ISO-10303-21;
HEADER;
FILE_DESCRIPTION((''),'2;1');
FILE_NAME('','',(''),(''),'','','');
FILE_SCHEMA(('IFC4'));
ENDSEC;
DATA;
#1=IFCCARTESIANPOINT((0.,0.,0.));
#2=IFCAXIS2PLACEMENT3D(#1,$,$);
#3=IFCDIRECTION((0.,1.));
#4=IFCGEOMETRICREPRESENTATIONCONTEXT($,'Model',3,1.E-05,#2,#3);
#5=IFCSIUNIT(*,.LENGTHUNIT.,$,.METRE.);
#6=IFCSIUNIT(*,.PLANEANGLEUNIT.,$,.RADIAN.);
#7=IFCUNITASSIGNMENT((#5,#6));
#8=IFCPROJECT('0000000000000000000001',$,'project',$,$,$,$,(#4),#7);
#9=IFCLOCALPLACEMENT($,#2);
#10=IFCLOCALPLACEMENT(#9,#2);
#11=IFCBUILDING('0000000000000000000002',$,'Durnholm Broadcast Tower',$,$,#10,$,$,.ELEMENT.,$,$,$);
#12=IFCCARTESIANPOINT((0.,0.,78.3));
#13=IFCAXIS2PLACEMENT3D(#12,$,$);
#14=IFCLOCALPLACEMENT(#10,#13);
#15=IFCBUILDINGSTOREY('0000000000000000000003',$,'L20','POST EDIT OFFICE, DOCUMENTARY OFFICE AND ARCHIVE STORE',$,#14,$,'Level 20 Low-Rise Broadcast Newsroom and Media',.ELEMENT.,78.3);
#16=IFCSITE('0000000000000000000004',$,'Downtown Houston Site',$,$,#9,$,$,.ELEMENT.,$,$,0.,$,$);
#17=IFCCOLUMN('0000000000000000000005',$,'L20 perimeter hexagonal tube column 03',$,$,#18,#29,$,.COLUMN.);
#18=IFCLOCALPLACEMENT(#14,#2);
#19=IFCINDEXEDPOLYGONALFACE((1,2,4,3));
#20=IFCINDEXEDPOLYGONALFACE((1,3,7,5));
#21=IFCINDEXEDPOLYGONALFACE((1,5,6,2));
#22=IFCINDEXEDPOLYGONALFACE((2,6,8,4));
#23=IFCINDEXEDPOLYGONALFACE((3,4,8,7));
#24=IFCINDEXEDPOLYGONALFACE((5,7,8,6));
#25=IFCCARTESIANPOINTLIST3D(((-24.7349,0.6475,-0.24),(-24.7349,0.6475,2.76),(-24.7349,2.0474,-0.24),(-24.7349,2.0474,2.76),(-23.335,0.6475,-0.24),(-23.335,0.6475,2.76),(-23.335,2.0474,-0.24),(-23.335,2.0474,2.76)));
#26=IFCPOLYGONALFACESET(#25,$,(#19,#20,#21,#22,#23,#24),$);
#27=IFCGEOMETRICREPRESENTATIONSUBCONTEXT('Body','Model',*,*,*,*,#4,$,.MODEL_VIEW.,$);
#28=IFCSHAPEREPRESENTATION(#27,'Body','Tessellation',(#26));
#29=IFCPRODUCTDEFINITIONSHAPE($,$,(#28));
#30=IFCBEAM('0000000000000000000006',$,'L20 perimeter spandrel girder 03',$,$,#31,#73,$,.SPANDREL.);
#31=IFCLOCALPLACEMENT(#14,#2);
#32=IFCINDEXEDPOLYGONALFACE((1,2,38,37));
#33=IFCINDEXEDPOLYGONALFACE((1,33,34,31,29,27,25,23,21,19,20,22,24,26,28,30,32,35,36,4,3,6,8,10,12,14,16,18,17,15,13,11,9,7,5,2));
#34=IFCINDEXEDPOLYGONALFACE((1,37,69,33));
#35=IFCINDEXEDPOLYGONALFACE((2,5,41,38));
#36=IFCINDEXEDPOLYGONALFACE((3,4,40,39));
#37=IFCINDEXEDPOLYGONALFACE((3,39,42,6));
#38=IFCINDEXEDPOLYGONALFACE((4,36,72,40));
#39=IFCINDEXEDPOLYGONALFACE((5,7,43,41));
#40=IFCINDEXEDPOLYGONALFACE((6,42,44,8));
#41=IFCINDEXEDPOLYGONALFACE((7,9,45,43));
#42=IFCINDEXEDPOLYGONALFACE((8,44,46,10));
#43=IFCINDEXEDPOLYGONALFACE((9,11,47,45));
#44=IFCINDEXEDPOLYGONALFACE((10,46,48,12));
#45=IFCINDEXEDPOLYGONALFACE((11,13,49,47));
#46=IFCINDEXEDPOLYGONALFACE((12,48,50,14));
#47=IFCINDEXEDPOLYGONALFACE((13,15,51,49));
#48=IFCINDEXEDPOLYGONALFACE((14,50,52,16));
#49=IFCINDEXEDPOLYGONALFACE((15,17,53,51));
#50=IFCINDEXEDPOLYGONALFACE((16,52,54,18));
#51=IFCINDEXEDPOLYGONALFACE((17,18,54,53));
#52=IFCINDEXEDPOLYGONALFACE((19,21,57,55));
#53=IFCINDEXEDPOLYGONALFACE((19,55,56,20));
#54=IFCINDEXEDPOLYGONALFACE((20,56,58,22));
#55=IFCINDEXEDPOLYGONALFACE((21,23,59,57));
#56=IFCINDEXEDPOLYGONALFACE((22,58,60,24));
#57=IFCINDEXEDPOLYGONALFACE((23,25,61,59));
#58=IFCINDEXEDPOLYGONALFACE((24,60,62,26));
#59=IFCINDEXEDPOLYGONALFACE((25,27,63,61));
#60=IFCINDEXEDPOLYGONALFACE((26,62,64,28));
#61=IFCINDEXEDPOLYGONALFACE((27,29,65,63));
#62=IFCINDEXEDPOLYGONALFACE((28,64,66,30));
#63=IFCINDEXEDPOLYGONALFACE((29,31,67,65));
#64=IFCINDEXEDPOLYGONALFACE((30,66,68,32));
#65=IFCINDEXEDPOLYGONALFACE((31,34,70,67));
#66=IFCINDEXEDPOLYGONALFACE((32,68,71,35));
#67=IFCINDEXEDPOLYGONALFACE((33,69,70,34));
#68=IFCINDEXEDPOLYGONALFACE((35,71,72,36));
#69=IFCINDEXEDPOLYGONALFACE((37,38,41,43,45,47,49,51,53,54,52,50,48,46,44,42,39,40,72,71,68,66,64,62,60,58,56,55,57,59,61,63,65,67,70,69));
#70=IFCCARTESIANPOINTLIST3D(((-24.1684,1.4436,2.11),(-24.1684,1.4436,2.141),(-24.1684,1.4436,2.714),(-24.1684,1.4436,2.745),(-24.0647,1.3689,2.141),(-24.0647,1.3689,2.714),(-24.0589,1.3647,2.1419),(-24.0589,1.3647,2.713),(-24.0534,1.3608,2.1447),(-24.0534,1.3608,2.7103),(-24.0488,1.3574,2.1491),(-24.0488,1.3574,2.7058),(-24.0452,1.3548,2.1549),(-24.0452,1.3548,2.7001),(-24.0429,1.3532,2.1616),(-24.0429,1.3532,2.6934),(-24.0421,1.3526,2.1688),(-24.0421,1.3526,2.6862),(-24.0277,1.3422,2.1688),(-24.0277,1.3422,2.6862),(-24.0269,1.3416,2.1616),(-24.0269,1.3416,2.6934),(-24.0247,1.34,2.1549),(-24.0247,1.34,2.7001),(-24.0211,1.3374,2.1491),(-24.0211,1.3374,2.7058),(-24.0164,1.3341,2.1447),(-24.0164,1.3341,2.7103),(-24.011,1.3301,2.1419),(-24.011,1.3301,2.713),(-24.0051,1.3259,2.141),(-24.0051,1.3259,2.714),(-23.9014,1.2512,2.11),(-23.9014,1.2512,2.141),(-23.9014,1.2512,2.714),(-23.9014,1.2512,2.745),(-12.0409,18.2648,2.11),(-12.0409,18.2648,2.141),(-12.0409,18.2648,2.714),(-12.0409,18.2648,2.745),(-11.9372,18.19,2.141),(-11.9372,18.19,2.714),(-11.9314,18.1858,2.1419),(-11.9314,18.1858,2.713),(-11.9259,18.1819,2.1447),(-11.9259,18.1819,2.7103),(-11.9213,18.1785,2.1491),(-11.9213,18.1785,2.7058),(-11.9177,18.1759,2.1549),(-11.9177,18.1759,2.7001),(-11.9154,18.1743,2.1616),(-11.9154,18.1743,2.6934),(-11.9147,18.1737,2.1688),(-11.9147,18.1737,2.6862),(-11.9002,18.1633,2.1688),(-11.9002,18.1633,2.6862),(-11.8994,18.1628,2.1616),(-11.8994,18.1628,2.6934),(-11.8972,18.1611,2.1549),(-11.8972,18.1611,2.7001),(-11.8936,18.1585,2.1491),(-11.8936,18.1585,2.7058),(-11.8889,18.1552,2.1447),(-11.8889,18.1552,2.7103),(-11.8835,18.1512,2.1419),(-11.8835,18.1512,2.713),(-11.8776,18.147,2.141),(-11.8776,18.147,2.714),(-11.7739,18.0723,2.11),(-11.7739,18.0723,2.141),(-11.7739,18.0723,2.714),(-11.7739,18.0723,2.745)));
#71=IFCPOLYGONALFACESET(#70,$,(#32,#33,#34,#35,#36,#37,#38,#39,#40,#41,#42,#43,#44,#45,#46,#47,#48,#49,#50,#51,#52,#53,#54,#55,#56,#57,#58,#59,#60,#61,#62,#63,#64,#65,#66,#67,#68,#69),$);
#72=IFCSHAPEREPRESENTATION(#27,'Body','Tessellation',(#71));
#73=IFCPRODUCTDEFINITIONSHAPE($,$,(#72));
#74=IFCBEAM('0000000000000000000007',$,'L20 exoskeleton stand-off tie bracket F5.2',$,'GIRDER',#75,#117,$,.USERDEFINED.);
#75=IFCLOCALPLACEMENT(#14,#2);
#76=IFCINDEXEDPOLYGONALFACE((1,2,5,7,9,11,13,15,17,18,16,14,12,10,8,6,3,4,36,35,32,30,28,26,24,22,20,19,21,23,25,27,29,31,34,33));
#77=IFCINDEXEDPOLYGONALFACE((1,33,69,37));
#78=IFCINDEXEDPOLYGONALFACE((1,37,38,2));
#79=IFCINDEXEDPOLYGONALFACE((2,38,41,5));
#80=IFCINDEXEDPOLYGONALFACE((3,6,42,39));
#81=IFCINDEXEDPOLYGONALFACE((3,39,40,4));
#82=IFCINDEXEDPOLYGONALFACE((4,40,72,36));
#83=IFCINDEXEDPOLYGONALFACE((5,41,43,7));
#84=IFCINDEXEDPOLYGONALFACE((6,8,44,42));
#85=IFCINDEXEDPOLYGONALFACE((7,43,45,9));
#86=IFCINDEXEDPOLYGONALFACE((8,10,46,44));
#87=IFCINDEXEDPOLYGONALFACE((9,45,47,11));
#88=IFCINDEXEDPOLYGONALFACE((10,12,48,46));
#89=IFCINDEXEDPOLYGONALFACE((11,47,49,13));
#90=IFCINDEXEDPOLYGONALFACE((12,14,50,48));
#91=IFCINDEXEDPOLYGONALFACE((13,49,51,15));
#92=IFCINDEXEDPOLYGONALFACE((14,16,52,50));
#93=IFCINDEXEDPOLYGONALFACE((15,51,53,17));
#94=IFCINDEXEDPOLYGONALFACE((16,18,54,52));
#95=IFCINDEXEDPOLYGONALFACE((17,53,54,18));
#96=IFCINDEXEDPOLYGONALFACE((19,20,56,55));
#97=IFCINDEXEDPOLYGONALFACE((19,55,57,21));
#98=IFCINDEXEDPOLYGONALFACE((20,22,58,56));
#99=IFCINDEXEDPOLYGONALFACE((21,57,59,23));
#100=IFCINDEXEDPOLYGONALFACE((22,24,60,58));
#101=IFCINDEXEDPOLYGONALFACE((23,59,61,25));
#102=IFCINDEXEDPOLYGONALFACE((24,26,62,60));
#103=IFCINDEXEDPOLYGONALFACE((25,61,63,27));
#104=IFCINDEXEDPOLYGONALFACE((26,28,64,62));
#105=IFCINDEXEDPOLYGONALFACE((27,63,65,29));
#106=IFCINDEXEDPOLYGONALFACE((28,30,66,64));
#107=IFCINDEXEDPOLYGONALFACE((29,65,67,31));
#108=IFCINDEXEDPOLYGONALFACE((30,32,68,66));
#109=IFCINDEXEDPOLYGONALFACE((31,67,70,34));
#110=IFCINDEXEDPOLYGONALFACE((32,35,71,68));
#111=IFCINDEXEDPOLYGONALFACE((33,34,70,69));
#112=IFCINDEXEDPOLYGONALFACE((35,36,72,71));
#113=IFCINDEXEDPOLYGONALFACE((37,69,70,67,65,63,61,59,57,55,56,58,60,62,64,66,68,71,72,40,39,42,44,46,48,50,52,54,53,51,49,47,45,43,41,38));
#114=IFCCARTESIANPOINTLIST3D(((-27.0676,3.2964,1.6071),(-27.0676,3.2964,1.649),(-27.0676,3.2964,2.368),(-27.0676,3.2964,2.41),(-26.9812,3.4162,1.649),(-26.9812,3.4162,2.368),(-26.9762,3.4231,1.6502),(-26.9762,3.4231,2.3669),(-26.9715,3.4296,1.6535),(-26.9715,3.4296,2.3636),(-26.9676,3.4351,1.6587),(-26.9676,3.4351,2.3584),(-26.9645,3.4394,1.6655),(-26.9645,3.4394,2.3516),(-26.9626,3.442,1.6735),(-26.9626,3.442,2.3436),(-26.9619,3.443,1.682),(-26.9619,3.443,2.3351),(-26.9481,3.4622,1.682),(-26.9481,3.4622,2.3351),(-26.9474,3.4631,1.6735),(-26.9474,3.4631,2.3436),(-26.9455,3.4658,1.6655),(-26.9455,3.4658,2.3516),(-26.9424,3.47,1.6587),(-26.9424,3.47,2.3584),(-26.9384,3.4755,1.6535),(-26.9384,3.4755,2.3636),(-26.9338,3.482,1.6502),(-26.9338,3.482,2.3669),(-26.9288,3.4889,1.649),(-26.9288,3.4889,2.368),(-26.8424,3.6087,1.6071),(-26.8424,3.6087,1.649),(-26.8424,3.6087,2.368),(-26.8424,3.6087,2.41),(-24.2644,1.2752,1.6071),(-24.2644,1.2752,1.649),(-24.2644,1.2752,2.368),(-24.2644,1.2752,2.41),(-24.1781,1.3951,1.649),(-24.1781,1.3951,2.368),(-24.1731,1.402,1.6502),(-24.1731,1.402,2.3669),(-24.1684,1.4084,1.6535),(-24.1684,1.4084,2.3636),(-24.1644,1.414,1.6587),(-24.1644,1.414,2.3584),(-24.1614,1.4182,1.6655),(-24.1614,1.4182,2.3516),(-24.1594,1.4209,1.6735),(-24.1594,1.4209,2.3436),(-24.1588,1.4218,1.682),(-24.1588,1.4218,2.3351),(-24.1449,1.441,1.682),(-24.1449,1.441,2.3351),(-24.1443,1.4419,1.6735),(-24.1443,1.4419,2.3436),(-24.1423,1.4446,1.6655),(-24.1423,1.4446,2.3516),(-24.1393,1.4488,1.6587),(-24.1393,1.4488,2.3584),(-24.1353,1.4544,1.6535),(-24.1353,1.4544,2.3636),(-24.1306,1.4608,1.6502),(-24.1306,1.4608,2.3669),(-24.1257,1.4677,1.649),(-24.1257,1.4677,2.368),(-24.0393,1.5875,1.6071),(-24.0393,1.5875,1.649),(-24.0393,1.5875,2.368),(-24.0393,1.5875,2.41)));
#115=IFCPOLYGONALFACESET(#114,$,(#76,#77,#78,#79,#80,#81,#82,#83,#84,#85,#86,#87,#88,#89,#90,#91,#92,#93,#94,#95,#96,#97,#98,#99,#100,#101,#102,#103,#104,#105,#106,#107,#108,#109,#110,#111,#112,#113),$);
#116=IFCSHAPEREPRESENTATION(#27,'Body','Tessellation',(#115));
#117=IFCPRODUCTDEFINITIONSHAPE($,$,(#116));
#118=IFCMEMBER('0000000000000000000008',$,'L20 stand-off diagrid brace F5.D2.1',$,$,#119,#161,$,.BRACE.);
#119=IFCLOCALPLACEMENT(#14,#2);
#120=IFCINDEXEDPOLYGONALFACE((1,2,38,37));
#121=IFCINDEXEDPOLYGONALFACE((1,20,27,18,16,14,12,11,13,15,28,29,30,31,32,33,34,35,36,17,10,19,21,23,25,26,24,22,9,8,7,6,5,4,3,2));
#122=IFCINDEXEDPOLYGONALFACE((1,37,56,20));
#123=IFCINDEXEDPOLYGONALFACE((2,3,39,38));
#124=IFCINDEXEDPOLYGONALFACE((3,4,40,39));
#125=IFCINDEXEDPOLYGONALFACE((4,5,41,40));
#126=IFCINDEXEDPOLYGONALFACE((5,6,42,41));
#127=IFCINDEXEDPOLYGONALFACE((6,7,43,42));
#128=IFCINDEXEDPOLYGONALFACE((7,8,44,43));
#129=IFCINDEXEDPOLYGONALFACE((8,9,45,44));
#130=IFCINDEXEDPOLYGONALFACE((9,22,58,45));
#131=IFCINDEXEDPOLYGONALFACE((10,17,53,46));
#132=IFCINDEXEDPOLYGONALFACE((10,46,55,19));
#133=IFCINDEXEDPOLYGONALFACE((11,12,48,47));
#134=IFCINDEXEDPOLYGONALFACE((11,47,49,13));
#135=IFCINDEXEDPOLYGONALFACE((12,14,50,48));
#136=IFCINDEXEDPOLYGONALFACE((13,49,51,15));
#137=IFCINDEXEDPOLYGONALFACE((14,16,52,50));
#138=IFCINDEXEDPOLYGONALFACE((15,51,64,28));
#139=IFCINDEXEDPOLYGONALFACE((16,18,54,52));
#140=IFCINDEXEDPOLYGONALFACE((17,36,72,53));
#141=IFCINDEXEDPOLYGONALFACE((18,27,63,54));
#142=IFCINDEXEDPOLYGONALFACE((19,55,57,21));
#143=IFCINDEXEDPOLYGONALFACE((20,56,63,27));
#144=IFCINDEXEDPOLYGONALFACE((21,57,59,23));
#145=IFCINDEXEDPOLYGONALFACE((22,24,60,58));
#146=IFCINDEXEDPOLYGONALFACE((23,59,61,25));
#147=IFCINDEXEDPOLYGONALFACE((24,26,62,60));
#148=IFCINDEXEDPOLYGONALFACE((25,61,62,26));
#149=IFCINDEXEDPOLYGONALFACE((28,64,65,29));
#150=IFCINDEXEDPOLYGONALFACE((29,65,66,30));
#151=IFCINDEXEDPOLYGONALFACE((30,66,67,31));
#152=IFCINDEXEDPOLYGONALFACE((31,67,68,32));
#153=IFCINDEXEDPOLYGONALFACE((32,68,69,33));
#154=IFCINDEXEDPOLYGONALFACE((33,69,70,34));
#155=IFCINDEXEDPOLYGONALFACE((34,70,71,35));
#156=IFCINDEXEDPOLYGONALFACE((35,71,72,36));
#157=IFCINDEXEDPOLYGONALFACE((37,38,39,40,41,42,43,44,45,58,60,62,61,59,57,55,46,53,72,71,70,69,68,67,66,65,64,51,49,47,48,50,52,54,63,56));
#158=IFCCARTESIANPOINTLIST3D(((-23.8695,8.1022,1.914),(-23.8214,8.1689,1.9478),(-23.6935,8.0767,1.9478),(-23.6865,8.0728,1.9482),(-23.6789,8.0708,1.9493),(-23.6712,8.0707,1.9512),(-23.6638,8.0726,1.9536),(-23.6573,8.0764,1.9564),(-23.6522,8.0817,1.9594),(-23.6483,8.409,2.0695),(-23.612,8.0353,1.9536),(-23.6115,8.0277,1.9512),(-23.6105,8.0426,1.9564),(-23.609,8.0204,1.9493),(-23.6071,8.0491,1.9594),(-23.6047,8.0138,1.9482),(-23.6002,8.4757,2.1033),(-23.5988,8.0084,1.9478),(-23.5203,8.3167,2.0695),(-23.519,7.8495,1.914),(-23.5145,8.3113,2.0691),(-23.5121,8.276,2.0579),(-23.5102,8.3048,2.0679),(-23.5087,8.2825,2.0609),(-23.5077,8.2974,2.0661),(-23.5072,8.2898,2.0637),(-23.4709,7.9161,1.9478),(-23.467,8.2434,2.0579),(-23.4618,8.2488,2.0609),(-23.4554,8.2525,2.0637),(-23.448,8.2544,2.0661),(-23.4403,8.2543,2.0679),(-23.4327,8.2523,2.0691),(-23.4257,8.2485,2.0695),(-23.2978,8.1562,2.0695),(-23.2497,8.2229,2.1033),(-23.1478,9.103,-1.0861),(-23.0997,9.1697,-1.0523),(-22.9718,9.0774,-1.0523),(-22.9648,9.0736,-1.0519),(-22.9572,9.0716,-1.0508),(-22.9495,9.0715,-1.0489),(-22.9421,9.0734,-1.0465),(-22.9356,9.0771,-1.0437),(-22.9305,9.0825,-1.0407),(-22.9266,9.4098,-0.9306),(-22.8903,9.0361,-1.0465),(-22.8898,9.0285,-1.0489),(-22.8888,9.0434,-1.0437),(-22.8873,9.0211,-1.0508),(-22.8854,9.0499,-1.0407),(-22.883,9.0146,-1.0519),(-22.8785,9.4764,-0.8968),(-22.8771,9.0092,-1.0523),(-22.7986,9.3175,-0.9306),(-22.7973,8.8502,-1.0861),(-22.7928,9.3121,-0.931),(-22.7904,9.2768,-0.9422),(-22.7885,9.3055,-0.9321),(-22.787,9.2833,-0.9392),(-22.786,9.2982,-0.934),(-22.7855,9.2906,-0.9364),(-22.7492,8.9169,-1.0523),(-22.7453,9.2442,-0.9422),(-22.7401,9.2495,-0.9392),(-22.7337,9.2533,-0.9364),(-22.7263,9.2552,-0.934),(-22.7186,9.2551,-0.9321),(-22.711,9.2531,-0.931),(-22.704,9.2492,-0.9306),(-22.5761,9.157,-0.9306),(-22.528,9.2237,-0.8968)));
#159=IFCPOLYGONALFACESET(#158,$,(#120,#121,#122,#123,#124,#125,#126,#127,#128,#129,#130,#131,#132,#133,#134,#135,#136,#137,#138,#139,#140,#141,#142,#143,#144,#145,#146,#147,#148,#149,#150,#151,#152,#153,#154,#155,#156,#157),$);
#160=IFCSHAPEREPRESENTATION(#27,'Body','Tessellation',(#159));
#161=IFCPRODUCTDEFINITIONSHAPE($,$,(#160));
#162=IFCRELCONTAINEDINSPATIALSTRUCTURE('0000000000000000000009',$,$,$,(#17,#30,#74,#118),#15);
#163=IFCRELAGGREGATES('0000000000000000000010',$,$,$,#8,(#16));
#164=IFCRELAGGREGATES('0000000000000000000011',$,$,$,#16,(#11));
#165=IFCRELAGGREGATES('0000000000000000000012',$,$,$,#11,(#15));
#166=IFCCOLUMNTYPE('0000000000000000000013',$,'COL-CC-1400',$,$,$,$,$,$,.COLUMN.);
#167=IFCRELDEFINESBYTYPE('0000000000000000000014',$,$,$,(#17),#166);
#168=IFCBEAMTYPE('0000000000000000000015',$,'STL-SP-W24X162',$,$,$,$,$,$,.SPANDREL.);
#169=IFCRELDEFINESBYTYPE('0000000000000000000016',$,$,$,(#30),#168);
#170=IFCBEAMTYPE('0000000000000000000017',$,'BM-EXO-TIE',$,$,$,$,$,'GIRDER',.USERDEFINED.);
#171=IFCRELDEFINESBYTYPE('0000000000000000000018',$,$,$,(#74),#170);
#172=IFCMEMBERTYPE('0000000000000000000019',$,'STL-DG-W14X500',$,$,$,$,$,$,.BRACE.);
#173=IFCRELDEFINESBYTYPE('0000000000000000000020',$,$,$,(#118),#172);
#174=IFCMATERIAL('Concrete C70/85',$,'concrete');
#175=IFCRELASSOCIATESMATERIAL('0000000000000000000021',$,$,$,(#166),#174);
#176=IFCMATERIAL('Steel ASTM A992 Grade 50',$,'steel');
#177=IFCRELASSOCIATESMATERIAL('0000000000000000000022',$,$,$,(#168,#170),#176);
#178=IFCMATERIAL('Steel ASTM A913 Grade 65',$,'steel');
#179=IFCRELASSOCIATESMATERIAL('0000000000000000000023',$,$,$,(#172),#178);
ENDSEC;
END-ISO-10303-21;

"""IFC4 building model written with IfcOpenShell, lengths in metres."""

from ifc_helpers import new_model, si_unit, direction, frame, origin, origin_2d, place, context, subcontext, project, spatial, rectangle, i_section, extrude, source, transform, mapped, material, material_profile, profile_set, type_object, type_shapes, element, save


model = new_model("IFC4")

# Units and contexts
model_context = context("Model", 3, precision=1e-05, world=origin(), true_north=direction((0.0, 1.0)))
body_context = subcontext(model_context, "Body", "Model", "MODEL_VIEW")
ifc_project = project(units=[si_unit("LENGTHUNIT", "METRE"), si_unit("PLANEANGLEUNIT", "RADIAN")], contexts=[model_context])

# Site, building, storey
site_placement = place(None, origin())
site = spatial("IfcSite", under=ifc_project, at=site_placement, Name="Downtown Houston Site", CompositionType="ELEMENT", RefElevation=0.0)
building_placement = place(site_placement, origin())
building = spatial("IfcBuilding", under=site, at=building_placement, Name="Durnholm Broadcast Tower", CompositionType="ELEMENT")
storey_placement = place(building_placement, frame((0.0, 0.0, 78.3)))
storey = spatial("IfcBuildingStorey", under=building, at=storey_placement, Name="L20", Description="POST EDIT OFFICE, DOCUMENTARY OFFICE AND ARCHIVE STORE", LongName="Level 20 Low-Rise Broadcast Newsroom and Media", CompositionType="ELEMENT", Elevation=78.3)

# Column
ifc_material_1 = material(Name="Concrete C70/85", Category="concrete")
ifc_material_profile_1 = material_profile(ifc_material_1, rectangle(XDim=1.3999, YDim=1.3999, at=origin_2d()), Name="RC1400X1400")
ifc_profile_set_1 = profile_set([ifc_material_profile_1], Name="Concrete C70/85")
column_type = type_object("IfcColumnType", Name="COL-CC-1400", PredefinedType="COLUMN", material=ifc_profile_set_1)
shared_shape_1 = source(origin(), body_context, "Body", "SweptSolid", [
    extrude(rectangle(XDim=1.3999, YDim=1.3999, at=origin_2d()), origin(), (0.0, 0.0, 1.0), 3.0),
])
type_shapes(column_type, [shared_shape_1])
column_placement = place(storey_placement, frame((-24.0349, 1.3474, -0.24), z_axis=(0.0, 0.0, 1.0), x_axis=(1.0, 0.0, 0.0)))
element("IfcColumn", 1, at=column_placement, inside=storey, type_object=column_type, Name="L20 perimeter hexagonal tube column 03", PredefinedType="COLUMN", context=body_context, shape_type="MappedRepresentation", body=[
    mapped(shared_shape_1, transform((0.0, 0.0, 0.0), x_axis=(1.0, 0.0, 0.0), y_axis=(0.0, 1.0, 0.0), z_axis=(0.0, 0.0, 1.0), scale=1.0)),
])

# Beams
ifc_material_2 = material(Name="Steel ASTM A992 Grade 50", Category="steel")
ifc_material_profile_2 = material_profile(ifc_material_2, i_section(OverallWidth=0.3291, OverallDepth=0.635, WebThickness=0.0178, FlangeThickness=0.031, FilletRadius=0.0278, at=origin_2d()), Name="W24X162")
ifc_profile_set_2 = profile_set([ifc_material_profile_2], Name="Steel ASTM A992 Grade 50")
beam_type_1 = type_object("IfcBeamType", Name="STL-SP-W24X162", PredefinedType="SPANDREL", material=ifc_profile_set_2)
shared_shape_2 = source(origin(), body_context, "Body", "SweptSolid", [
    extrude(i_section(OverallWidth=0.3291, OverallDepth=0.635, WebThickness=0.0178, FlangeThickness=0.031, FilletRadius=0.0278, at=origin_2d()), origin(), (0.0, 0.0, 1.0), 20.7371),
])
type_shapes(beam_type_1, [shared_shape_2])
beam_1_placement = place(storey_placement, frame((-24.0349, 1.3474, 2.4275), z_axis=(0.584822, 0.811162, 0.0), x_axis=(-0.811162, 0.584822, 0.0)))
element("IfcBeam", 2, at=beam_1_placement, inside=storey, type_object=beam_type_1, Name="L20 perimeter spandrel girder 03", PredefinedType="SPANDREL", context=body_context, shape_type="MappedRepresentation", body=[
    mapped(shared_shape_2, transform((0.0, 0.0, 0.0), x_axis=(1.0, 0.0, 0.0), y_axis=(0.0, 1.0, 0.0), z_axis=(0.0, 0.0, 1.0), scale=1.0)),
])
ifc_material_profile_3 = material_profile(ifc_material_2, i_section(OverallWidth=0.385, OverallDepth=0.803, WebThickness=0.0237, FlangeThickness=0.042, FilletRadius=0.033, at=origin_2d()), Name="W30X261")
ifc_profile_set_3 = profile_set([ifc_material_profile_3], Name="Steel ASTM A992 Grade 50")
beam_type_2 = type_object("IfcBeamType", Name="BM-EXO-TIE", ElementType="GIRDER", PredefinedType="USERDEFINED", material=ifc_profile_set_3)
shared_shape_3 = source(origin(), body_context, "Body", "SweptSolid", [
    extrude(i_section(OverallWidth=0.385, OverallDepth=0.803, WebThickness=0.0237, FlangeThickness=0.042, FilletRadius=0.033, at=origin_2d()), origin(), (0.0, 0.0, 1.0), 3.4558),
])
type_shapes(beam_type_2, [shared_shape_3])
beam_2_placement = place(storey_placement, frame((-24.1519, 1.4314, 2.0085), z_axis=(-0.811134, 0.584861, 0.0), x_axis=(-0.584861, -0.811134, 0.0)))
element("IfcBeam", 3, at=beam_2_placement, inside=storey, type_object=beam_type_2, Name="L20 exoskeleton stand-off tie bracket F5.2", ObjectType="GIRDER", PredefinedType="USERDEFINED", context=body_context, shape_type="MappedRepresentation", body=[
    mapped(shared_shape_3, transform((0.0, 0.0, 0.0), x_axis=(1.0, 0.0, 0.0), y_axis=(0.0, 1.0, 0.0), z_axis=(0.0, 0.0, 1.0), scale=1.0)),
])

# Member
ifc_material_3 = material(Name="Steel ASTM A913 Grade 65", Category="steel")
ifc_material_profile_4 = material_profile(ifc_material_3, i_section(OverallWidth=0.4321, OverallDepth=0.4978, WebThickness=0.0557, FlangeThickness=0.0889, FilletRadius=0.0305, at=origin_2d()), Name="W14X500")
ifc_profile_set_4 = profile_set([ifc_material_profile_4], Name="Steel ASTM A913 Grade 65")
member_type_1 = type_object("IfcMemberType", Name="STL-DG-W14X500", PredefinedType="BRACE", material=ifc_profile_set_4)
shared_shape_4 = source(origin(), body_context, "Body", "SweptSolid", [
    extrude(i_section(OverallWidth=0.4321, OverallDepth=0.4978, WebThickness=0.0557, FlangeThickness=0.0889, FilletRadius=0.0305, at=origin_2d()), origin(), (0.0, 0.0, 1.0), 3.2439),
])
member_1_placement = place(storey_placement, frame((-22.8379, 9.1633, -0.9915), z_axis=(-0.222479, -0.308505, 0.924839), x_axis=(0.811091, -0.58492, 0.0)))
element("IfcMember", 4, at=member_1_placement, inside=storey, type_object=member_type_1, Name="L20 stand-off diagrid brace F5.D2.1", PredefinedType="BRACE", context=body_context, shape_type="MappedRepresentation", body=[
    mapped(shared_shape_4, transform((0.0, 0.0, 0.0), x_axis=(1.0, 0.0, 0.0), y_axis=(0.0, 1.0, 0.0), z_axis=(0.0, 0.0, 1.0), scale=1.0)),
])

save(model, "model.ifc")
